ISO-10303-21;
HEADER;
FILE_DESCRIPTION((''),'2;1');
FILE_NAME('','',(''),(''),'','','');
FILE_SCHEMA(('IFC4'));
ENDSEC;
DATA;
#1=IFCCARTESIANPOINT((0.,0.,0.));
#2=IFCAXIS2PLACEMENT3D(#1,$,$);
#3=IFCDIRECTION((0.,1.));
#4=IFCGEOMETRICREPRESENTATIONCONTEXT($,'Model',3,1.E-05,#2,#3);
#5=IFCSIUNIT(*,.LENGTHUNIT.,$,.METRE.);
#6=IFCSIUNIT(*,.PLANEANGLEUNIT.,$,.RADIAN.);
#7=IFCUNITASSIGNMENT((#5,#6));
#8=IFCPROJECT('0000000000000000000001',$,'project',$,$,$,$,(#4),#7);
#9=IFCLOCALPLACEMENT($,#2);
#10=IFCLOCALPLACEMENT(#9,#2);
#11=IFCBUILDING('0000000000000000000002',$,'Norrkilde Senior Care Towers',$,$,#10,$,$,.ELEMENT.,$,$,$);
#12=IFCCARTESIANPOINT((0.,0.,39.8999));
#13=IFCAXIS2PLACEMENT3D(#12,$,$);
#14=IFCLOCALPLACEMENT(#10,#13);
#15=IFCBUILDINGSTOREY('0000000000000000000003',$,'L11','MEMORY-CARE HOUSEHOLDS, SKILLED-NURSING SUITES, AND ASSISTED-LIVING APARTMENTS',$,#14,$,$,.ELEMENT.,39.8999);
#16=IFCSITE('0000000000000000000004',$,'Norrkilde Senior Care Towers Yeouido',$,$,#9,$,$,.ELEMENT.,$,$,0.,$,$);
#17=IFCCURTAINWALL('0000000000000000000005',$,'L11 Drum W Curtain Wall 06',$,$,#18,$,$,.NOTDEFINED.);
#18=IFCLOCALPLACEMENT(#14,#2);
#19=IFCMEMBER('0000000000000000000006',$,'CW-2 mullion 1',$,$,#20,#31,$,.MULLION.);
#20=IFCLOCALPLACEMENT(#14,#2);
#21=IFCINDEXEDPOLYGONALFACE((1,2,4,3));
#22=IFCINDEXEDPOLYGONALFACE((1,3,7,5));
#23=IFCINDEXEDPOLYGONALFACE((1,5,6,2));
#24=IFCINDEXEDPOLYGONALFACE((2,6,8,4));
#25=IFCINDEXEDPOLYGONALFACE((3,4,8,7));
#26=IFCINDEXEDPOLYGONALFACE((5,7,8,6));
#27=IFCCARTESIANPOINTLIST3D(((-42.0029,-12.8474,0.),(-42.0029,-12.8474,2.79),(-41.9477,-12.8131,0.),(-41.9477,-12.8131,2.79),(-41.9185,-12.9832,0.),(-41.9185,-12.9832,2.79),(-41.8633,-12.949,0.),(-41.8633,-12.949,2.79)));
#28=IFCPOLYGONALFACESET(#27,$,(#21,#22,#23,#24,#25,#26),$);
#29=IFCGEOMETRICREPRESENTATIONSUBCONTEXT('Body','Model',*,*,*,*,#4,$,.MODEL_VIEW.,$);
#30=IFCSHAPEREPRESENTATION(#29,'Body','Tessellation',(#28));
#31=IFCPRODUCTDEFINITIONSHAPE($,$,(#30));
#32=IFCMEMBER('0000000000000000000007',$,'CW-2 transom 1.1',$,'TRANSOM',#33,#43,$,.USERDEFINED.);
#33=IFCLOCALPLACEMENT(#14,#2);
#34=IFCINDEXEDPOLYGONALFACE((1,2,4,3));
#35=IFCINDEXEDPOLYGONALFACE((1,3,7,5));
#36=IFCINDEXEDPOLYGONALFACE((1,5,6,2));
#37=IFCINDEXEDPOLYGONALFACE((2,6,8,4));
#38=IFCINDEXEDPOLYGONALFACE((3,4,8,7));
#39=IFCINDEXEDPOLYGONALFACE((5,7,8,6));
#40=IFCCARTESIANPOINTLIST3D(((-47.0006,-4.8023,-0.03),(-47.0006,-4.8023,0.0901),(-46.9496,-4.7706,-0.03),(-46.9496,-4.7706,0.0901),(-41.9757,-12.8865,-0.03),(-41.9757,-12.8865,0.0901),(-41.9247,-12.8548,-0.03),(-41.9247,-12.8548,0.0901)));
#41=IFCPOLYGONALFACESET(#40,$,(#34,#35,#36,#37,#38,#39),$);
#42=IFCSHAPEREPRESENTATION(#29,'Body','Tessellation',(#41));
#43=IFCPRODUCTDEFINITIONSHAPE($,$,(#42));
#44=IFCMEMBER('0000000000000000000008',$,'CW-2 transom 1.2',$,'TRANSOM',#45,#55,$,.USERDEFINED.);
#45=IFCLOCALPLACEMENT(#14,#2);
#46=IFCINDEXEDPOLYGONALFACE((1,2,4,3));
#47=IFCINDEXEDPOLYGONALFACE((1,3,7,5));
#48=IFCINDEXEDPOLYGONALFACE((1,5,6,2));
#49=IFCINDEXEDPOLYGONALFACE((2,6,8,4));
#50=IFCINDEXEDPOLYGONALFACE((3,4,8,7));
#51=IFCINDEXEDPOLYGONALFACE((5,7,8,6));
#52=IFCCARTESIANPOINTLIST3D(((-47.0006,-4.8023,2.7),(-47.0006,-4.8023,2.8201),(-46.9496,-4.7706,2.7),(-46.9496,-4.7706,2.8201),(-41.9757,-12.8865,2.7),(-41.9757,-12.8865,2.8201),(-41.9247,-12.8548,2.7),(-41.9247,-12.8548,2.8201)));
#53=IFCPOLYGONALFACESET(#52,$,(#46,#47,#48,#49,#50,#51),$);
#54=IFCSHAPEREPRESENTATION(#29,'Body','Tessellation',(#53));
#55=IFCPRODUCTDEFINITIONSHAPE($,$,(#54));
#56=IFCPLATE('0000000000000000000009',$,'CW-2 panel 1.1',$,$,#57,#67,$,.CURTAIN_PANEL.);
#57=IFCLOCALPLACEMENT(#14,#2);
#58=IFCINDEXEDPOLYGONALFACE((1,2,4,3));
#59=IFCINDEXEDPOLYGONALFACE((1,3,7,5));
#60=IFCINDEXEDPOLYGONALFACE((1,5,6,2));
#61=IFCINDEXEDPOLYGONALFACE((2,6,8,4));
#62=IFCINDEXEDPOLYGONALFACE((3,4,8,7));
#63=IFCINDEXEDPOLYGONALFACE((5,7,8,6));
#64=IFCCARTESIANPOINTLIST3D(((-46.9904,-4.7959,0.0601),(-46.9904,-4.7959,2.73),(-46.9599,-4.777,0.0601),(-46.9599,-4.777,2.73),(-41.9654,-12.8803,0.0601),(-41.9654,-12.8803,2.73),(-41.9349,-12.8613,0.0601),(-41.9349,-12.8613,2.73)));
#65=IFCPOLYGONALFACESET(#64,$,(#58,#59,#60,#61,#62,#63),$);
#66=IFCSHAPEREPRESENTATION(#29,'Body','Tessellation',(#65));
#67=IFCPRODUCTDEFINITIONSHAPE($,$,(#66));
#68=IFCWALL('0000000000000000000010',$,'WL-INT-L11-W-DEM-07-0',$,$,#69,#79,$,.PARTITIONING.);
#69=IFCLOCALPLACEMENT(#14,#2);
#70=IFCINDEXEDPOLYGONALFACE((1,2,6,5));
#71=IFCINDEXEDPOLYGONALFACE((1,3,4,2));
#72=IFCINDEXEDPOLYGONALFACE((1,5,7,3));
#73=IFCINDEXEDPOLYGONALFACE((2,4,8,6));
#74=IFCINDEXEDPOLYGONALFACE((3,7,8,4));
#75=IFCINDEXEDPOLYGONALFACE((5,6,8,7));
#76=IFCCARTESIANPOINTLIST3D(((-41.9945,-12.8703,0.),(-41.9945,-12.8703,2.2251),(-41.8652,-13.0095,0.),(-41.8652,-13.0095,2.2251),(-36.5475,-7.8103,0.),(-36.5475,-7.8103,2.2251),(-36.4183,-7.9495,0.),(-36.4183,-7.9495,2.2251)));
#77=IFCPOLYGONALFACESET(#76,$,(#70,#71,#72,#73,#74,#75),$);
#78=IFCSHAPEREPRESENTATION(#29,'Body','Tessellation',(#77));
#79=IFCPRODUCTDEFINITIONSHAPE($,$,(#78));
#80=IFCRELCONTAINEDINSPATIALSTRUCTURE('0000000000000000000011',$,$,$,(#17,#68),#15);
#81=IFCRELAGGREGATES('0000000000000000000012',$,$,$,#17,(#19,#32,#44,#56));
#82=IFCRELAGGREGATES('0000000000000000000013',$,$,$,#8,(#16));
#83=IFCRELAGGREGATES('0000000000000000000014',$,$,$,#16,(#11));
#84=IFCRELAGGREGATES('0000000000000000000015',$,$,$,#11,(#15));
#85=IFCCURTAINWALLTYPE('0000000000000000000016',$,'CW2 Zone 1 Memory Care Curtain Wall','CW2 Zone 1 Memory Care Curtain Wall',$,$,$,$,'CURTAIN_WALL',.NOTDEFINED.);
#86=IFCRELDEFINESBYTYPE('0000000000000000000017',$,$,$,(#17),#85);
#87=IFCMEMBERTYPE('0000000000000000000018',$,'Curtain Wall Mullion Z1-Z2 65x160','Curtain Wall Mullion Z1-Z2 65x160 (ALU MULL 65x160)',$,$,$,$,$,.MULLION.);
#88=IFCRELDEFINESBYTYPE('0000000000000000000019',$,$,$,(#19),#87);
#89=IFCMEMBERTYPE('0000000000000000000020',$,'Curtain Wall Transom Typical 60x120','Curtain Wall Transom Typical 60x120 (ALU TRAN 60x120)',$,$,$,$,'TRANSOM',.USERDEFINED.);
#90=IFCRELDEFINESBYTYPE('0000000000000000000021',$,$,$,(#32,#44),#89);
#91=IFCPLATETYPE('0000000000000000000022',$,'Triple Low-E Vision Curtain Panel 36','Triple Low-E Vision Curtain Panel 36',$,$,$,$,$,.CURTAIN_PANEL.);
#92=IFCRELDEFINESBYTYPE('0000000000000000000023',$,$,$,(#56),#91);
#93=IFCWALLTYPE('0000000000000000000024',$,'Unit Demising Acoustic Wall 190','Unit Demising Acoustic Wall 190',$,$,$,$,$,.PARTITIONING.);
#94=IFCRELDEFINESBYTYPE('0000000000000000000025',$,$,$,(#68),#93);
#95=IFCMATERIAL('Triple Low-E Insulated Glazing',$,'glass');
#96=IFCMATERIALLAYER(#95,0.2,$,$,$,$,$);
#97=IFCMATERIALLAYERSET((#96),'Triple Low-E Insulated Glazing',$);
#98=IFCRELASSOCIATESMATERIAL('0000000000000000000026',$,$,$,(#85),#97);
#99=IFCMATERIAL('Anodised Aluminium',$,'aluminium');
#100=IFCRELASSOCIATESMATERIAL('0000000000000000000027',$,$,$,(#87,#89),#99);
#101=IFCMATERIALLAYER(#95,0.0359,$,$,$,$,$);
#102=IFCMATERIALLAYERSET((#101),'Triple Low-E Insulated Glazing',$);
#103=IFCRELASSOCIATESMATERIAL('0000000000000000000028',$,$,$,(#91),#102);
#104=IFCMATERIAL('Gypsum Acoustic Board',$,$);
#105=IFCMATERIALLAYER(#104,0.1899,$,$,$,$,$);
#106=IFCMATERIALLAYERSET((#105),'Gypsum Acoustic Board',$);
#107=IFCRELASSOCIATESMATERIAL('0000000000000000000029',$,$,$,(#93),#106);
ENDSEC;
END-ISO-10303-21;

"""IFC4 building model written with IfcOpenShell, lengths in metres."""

from ifc_helpers import new_model, si_unit, direction, frame, frame_2d, origin, origin_2d, place, context, subcontext, project, spatial, rectangle, extrude, source, transform, mapped, material, layer, layer_set, material_profile, profile_set, type_object, type_shapes, element, aggregate, save


model = new_model("IFC4")

# Units and contexts
model_context = context("Model", 3, precision=1e-05, world=origin(), true_north=direction((0.0, 1.0)))
body_context = subcontext(model_context, "Body", "Model", "MODEL_VIEW")
ifc_project = project(units=[si_unit("LENGTHUNIT", "METRE"), si_unit("PLANEANGLEUNIT", "RADIAN")], contexts=[model_context])

# Site, building, storey
site_placement = place(None, origin())
site = spatial("IfcSite", under=ifc_project, at=site_placement, Name="Norrkilde Senior Care Towers Yeouido", CompositionType="ELEMENT", RefElevation=0.0)
building_placement = place(site_placement, origin())
building = spatial("IfcBuilding", under=site, at=building_placement, Name="Norrkilde Senior Care Towers", CompositionType="ELEMENT")
storey_placement = place(building_placement, frame((0.0, 0.0, 39.8999)))
storey = spatial("IfcBuildingStorey", under=building, at=storey_placement, Name="L11", Description="MEMORY-CARE HOUSEHOLDS, SKILLED-NURSING SUITES, AND ASSISTED-LIVING APARTMENTS", CompositionType="ELEMENT", Elevation=39.8999)

# Curtain wall, members, plate
ifc_material_1 = material(Name="Triple Low-E Insulated Glazing", Category="glass")
ifc_layer_1 = layer(ifc_material_1, 0.2)
ifc_layer_set_1 = layer_set([ifc_layer_1], Name="Triple Low-E Insulated Glazing")
curtain_wall_type = type_object("IfcCurtainWallType", Name="CW2 Zone 1 Memory Care Curtain Wall", Description="CW2 Zone 1 Memory Care Curtain Wall", ElementType="CURTAIN_WALL", PredefinedType="NOTDEFINED", material=ifc_layer_set_1)
curtain_wall_placement = place(storey_placement, origin())
curtain_wall = element("IfcCurtainWall", 1, at=curtain_wall_placement, inside=storey, type_object=curtain_wall_type, Name="L11 Drum W Curtain Wall 06", PredefinedType="NOTDEFINED")
ifc_material_2 = material(Name="Anodised Aluminium", Category="aluminium")
ifc_material_profile_1 = material_profile(ifc_material_2, rectangle(XDim=0.0649, YDim=0.1599, at=origin_2d()), Name="ALU MULL 65x160")
ifc_profile_set_1 = profile_set([ifc_material_profile_1], Name="Anodised Aluminium")
member_type_1 = type_object("IfcMemberType", Name="Curtain Wall Mullion Z1-Z2 65x160", Description="Curtain Wall Mullion Z1-Z2 65x160 (ALU MULL 65x160)", PredefinedType="MULLION", material=ifc_profile_set_1)
shared_shape_1 = source(origin(), body_context, "Body", "SweptSolid", [
    extrude(rectangle(XDim=0.0649, YDim=0.1599, at=origin_2d()), origin(), (0.0, 0.0, 1.0), 2.79),
])
type_shapes(member_type_1, [shared_shape_1])
member_1_placement = place(storey_placement, frame((-41.9331, -12.8982, 0.0), z_axis=(0.0, 0.0, 1.0), x_axis=(-0.849306, -0.527901, 0.0)))
member_1 = element("IfcMember", 2, at=member_1_placement, type_object=member_type_1, Name="CW-2 mullion 1", PredefinedType="MULLION", context=body_context, shape_type="MappedRepresentation", body=[
    mapped(shared_shape_1, transform((0.0, 0.0, 0.0), x_axis=(1.0, 0.0, 0.0), y_axis=(0.0, 1.0, 0.0), z_axis=(0.0, 0.0, 1.0), scale=1.0)),
])
ifc_material_profile_2 = material_profile(ifc_material_2, rectangle(XDim=0.0601, YDim=0.1201, at=origin_2d()), Name="ALU TRAN 60x120")
ifc_profile_set_2 = profile_set([ifc_material_profile_2], Name="Anodised Aluminium")
member_type_2 = type_object("IfcMemberType", Name="Curtain Wall Transom Typical 60x120", Description="Curtain Wall Transom Typical 60x120 (ALU TRAN 60x120)", ElementType="TRANSOM", PredefinedType="USERDEFINED", material=ifc_profile_set_2)
shared_shape_2 = source(origin(), body_context, "Body", "SweptSolid", [
    extrude(rectangle(XDim=0.0601, YDim=0.1201, at=origin_2d()), origin(), (0.0, 0.0, 1.0), 9.5186),
])
type_shapes(member_type_2, [shared_shape_2])
member_2_placement = place(storey_placement, frame((-41.9502, -12.8706, 0.03), z_axis=(-0.527902, 0.849306, 0.0), x_axis=(-0.849306, -0.527902, 0.0)))
member_2 = element("IfcMember", 3, at=member_2_placement, type_object=member_type_2, Name="CW-2 transom 1.1", ObjectType="TRANSOM", PredefinedType="USERDEFINED", context=body_context, shape_type="MappedRepresentation", body=[
    mapped(shared_shape_2, transform((0.0, 0.0, 0.0), x_axis=(1.0, 0.0, 0.0), y_axis=(0.0, 1.0, 0.0), z_axis=(0.0, 0.0, 1.0), scale=1.0)),
])
member_3_placement = place(storey_placement, frame((-41.9502, -12.8706, 2.76), z_axis=(-0.527902, 0.849306, 0.0), x_axis=(-0.849306, -0.527902, 0.0)))
member_3 = element("IfcMember", 4, at=member_3_placement, type_object=member_type_2, Name="CW-2 transom 1.2", ObjectType="TRANSOM", PredefinedType="USERDEFINED", context=body_context, shape_type="MappedRepresentation", body=[
    mapped(shared_shape_2, transform((0.0, 0.0, 0.0), x_axis=(1.0, 0.0, 0.0), y_axis=(0.0, 1.0, 0.0), z_axis=(0.0, 0.0, 1.0), scale=1.0)),
])
ifc_layer_2 = layer(ifc_material_1, 0.0359)
ifc_layer_set_2 = layer_set([ifc_layer_2], Name="Triple Low-E Insulated Glazing")
plate_type = type_object("IfcPlateType", Name="Triple Low-E Vision Curtain Panel 36", Description="Triple Low-E Vision Curtain Panel 36", PredefinedType="CURTAIN_PANEL", material=ifc_layer_set_2)
shared_shape_3 = source(origin(), body_context, "Body", "SweptSolid", [
    extrude(rectangle(XDim=9.5188, YDim=0.0359, at=origin_2d()), origin(), (0.0, 0.0, 1.0), 2.6699),
])
type_shapes(plate_type, [shared_shape_3])
plate_placement = place(storey_placement, frame((-44.4626, -8.8286, 0.0601), z_axis=(0.0, 0.0, 1.0), x_axis=(-0.527901, 0.849306, 0.0)))
plate = element("IfcPlate", 5, at=plate_placement, type_object=plate_type, Name="CW-2 panel 1.1", PredefinedType="CURTAIN_PANEL", context=body_context, shape_type="MappedRepresentation", body=[
    mapped(shared_shape_3, transform((0.0, 0.0, 0.0), x_axis=(1.0, 0.0, 0.0), y_axis=(0.0, 1.0, 0.0), z_axis=(0.0, 0.0, 1.0), scale=1.0)),
])
aggregate(curtain_wall, [member_1, member_2, member_3, plate])

# Shared definitions
ifc_material_3 = material(Name="Gypsum Acoustic Board")

# Wall
ifc_layer_3 = layer(ifc_material_3, 0.1899)
ifc_layer_set_3 = layer_set([ifc_layer_3], Name="Gypsum Acoustic Board")
wall_type_1 = type_object("IfcWallType", Name="Unit Demising Acoustic Wall 190", Description="Unit Demising Acoustic Wall 190", PredefinedType="PARTITIONING", material=ifc_layer_set_3)
shared_shape_4 = source(origin(), body_context, "Body", "SweptSolid", [
    extrude(rectangle(XDim=7.4346, YDim=0.1899, at=frame_2d((3.7173, 0.0))), origin(), (0.0, 0.0, 1.0), 2.2251),
])
type_shapes(wall_type_1, [shared_shape_4])
wall_1_placement = place(storey_placement, frame((-36.4829, -7.8799, 0.0), z_axis=(0.0, 0.0, 1.0), x_axis=(-0.732652, -0.680603, 0.0)))
element("IfcWall", 6, at=wall_1_placement, inside=storey, type_object=wall_type_1, Name="WL-INT-L11-W-DEM-07-0", PredefinedType="PARTITIONING", context=body_context, shape_type="MappedRepresentation", body=[
    mapped(shared_shape_4, transform((0.0, 0.0, 0.0), x_axis=(1.0, 0.0, 0.0), y_axis=(0.0, 1.0, 0.0), z_axis=(0.0, 0.0, 1.0), scale=1.0)),
])

save(model, "model.ifc")
